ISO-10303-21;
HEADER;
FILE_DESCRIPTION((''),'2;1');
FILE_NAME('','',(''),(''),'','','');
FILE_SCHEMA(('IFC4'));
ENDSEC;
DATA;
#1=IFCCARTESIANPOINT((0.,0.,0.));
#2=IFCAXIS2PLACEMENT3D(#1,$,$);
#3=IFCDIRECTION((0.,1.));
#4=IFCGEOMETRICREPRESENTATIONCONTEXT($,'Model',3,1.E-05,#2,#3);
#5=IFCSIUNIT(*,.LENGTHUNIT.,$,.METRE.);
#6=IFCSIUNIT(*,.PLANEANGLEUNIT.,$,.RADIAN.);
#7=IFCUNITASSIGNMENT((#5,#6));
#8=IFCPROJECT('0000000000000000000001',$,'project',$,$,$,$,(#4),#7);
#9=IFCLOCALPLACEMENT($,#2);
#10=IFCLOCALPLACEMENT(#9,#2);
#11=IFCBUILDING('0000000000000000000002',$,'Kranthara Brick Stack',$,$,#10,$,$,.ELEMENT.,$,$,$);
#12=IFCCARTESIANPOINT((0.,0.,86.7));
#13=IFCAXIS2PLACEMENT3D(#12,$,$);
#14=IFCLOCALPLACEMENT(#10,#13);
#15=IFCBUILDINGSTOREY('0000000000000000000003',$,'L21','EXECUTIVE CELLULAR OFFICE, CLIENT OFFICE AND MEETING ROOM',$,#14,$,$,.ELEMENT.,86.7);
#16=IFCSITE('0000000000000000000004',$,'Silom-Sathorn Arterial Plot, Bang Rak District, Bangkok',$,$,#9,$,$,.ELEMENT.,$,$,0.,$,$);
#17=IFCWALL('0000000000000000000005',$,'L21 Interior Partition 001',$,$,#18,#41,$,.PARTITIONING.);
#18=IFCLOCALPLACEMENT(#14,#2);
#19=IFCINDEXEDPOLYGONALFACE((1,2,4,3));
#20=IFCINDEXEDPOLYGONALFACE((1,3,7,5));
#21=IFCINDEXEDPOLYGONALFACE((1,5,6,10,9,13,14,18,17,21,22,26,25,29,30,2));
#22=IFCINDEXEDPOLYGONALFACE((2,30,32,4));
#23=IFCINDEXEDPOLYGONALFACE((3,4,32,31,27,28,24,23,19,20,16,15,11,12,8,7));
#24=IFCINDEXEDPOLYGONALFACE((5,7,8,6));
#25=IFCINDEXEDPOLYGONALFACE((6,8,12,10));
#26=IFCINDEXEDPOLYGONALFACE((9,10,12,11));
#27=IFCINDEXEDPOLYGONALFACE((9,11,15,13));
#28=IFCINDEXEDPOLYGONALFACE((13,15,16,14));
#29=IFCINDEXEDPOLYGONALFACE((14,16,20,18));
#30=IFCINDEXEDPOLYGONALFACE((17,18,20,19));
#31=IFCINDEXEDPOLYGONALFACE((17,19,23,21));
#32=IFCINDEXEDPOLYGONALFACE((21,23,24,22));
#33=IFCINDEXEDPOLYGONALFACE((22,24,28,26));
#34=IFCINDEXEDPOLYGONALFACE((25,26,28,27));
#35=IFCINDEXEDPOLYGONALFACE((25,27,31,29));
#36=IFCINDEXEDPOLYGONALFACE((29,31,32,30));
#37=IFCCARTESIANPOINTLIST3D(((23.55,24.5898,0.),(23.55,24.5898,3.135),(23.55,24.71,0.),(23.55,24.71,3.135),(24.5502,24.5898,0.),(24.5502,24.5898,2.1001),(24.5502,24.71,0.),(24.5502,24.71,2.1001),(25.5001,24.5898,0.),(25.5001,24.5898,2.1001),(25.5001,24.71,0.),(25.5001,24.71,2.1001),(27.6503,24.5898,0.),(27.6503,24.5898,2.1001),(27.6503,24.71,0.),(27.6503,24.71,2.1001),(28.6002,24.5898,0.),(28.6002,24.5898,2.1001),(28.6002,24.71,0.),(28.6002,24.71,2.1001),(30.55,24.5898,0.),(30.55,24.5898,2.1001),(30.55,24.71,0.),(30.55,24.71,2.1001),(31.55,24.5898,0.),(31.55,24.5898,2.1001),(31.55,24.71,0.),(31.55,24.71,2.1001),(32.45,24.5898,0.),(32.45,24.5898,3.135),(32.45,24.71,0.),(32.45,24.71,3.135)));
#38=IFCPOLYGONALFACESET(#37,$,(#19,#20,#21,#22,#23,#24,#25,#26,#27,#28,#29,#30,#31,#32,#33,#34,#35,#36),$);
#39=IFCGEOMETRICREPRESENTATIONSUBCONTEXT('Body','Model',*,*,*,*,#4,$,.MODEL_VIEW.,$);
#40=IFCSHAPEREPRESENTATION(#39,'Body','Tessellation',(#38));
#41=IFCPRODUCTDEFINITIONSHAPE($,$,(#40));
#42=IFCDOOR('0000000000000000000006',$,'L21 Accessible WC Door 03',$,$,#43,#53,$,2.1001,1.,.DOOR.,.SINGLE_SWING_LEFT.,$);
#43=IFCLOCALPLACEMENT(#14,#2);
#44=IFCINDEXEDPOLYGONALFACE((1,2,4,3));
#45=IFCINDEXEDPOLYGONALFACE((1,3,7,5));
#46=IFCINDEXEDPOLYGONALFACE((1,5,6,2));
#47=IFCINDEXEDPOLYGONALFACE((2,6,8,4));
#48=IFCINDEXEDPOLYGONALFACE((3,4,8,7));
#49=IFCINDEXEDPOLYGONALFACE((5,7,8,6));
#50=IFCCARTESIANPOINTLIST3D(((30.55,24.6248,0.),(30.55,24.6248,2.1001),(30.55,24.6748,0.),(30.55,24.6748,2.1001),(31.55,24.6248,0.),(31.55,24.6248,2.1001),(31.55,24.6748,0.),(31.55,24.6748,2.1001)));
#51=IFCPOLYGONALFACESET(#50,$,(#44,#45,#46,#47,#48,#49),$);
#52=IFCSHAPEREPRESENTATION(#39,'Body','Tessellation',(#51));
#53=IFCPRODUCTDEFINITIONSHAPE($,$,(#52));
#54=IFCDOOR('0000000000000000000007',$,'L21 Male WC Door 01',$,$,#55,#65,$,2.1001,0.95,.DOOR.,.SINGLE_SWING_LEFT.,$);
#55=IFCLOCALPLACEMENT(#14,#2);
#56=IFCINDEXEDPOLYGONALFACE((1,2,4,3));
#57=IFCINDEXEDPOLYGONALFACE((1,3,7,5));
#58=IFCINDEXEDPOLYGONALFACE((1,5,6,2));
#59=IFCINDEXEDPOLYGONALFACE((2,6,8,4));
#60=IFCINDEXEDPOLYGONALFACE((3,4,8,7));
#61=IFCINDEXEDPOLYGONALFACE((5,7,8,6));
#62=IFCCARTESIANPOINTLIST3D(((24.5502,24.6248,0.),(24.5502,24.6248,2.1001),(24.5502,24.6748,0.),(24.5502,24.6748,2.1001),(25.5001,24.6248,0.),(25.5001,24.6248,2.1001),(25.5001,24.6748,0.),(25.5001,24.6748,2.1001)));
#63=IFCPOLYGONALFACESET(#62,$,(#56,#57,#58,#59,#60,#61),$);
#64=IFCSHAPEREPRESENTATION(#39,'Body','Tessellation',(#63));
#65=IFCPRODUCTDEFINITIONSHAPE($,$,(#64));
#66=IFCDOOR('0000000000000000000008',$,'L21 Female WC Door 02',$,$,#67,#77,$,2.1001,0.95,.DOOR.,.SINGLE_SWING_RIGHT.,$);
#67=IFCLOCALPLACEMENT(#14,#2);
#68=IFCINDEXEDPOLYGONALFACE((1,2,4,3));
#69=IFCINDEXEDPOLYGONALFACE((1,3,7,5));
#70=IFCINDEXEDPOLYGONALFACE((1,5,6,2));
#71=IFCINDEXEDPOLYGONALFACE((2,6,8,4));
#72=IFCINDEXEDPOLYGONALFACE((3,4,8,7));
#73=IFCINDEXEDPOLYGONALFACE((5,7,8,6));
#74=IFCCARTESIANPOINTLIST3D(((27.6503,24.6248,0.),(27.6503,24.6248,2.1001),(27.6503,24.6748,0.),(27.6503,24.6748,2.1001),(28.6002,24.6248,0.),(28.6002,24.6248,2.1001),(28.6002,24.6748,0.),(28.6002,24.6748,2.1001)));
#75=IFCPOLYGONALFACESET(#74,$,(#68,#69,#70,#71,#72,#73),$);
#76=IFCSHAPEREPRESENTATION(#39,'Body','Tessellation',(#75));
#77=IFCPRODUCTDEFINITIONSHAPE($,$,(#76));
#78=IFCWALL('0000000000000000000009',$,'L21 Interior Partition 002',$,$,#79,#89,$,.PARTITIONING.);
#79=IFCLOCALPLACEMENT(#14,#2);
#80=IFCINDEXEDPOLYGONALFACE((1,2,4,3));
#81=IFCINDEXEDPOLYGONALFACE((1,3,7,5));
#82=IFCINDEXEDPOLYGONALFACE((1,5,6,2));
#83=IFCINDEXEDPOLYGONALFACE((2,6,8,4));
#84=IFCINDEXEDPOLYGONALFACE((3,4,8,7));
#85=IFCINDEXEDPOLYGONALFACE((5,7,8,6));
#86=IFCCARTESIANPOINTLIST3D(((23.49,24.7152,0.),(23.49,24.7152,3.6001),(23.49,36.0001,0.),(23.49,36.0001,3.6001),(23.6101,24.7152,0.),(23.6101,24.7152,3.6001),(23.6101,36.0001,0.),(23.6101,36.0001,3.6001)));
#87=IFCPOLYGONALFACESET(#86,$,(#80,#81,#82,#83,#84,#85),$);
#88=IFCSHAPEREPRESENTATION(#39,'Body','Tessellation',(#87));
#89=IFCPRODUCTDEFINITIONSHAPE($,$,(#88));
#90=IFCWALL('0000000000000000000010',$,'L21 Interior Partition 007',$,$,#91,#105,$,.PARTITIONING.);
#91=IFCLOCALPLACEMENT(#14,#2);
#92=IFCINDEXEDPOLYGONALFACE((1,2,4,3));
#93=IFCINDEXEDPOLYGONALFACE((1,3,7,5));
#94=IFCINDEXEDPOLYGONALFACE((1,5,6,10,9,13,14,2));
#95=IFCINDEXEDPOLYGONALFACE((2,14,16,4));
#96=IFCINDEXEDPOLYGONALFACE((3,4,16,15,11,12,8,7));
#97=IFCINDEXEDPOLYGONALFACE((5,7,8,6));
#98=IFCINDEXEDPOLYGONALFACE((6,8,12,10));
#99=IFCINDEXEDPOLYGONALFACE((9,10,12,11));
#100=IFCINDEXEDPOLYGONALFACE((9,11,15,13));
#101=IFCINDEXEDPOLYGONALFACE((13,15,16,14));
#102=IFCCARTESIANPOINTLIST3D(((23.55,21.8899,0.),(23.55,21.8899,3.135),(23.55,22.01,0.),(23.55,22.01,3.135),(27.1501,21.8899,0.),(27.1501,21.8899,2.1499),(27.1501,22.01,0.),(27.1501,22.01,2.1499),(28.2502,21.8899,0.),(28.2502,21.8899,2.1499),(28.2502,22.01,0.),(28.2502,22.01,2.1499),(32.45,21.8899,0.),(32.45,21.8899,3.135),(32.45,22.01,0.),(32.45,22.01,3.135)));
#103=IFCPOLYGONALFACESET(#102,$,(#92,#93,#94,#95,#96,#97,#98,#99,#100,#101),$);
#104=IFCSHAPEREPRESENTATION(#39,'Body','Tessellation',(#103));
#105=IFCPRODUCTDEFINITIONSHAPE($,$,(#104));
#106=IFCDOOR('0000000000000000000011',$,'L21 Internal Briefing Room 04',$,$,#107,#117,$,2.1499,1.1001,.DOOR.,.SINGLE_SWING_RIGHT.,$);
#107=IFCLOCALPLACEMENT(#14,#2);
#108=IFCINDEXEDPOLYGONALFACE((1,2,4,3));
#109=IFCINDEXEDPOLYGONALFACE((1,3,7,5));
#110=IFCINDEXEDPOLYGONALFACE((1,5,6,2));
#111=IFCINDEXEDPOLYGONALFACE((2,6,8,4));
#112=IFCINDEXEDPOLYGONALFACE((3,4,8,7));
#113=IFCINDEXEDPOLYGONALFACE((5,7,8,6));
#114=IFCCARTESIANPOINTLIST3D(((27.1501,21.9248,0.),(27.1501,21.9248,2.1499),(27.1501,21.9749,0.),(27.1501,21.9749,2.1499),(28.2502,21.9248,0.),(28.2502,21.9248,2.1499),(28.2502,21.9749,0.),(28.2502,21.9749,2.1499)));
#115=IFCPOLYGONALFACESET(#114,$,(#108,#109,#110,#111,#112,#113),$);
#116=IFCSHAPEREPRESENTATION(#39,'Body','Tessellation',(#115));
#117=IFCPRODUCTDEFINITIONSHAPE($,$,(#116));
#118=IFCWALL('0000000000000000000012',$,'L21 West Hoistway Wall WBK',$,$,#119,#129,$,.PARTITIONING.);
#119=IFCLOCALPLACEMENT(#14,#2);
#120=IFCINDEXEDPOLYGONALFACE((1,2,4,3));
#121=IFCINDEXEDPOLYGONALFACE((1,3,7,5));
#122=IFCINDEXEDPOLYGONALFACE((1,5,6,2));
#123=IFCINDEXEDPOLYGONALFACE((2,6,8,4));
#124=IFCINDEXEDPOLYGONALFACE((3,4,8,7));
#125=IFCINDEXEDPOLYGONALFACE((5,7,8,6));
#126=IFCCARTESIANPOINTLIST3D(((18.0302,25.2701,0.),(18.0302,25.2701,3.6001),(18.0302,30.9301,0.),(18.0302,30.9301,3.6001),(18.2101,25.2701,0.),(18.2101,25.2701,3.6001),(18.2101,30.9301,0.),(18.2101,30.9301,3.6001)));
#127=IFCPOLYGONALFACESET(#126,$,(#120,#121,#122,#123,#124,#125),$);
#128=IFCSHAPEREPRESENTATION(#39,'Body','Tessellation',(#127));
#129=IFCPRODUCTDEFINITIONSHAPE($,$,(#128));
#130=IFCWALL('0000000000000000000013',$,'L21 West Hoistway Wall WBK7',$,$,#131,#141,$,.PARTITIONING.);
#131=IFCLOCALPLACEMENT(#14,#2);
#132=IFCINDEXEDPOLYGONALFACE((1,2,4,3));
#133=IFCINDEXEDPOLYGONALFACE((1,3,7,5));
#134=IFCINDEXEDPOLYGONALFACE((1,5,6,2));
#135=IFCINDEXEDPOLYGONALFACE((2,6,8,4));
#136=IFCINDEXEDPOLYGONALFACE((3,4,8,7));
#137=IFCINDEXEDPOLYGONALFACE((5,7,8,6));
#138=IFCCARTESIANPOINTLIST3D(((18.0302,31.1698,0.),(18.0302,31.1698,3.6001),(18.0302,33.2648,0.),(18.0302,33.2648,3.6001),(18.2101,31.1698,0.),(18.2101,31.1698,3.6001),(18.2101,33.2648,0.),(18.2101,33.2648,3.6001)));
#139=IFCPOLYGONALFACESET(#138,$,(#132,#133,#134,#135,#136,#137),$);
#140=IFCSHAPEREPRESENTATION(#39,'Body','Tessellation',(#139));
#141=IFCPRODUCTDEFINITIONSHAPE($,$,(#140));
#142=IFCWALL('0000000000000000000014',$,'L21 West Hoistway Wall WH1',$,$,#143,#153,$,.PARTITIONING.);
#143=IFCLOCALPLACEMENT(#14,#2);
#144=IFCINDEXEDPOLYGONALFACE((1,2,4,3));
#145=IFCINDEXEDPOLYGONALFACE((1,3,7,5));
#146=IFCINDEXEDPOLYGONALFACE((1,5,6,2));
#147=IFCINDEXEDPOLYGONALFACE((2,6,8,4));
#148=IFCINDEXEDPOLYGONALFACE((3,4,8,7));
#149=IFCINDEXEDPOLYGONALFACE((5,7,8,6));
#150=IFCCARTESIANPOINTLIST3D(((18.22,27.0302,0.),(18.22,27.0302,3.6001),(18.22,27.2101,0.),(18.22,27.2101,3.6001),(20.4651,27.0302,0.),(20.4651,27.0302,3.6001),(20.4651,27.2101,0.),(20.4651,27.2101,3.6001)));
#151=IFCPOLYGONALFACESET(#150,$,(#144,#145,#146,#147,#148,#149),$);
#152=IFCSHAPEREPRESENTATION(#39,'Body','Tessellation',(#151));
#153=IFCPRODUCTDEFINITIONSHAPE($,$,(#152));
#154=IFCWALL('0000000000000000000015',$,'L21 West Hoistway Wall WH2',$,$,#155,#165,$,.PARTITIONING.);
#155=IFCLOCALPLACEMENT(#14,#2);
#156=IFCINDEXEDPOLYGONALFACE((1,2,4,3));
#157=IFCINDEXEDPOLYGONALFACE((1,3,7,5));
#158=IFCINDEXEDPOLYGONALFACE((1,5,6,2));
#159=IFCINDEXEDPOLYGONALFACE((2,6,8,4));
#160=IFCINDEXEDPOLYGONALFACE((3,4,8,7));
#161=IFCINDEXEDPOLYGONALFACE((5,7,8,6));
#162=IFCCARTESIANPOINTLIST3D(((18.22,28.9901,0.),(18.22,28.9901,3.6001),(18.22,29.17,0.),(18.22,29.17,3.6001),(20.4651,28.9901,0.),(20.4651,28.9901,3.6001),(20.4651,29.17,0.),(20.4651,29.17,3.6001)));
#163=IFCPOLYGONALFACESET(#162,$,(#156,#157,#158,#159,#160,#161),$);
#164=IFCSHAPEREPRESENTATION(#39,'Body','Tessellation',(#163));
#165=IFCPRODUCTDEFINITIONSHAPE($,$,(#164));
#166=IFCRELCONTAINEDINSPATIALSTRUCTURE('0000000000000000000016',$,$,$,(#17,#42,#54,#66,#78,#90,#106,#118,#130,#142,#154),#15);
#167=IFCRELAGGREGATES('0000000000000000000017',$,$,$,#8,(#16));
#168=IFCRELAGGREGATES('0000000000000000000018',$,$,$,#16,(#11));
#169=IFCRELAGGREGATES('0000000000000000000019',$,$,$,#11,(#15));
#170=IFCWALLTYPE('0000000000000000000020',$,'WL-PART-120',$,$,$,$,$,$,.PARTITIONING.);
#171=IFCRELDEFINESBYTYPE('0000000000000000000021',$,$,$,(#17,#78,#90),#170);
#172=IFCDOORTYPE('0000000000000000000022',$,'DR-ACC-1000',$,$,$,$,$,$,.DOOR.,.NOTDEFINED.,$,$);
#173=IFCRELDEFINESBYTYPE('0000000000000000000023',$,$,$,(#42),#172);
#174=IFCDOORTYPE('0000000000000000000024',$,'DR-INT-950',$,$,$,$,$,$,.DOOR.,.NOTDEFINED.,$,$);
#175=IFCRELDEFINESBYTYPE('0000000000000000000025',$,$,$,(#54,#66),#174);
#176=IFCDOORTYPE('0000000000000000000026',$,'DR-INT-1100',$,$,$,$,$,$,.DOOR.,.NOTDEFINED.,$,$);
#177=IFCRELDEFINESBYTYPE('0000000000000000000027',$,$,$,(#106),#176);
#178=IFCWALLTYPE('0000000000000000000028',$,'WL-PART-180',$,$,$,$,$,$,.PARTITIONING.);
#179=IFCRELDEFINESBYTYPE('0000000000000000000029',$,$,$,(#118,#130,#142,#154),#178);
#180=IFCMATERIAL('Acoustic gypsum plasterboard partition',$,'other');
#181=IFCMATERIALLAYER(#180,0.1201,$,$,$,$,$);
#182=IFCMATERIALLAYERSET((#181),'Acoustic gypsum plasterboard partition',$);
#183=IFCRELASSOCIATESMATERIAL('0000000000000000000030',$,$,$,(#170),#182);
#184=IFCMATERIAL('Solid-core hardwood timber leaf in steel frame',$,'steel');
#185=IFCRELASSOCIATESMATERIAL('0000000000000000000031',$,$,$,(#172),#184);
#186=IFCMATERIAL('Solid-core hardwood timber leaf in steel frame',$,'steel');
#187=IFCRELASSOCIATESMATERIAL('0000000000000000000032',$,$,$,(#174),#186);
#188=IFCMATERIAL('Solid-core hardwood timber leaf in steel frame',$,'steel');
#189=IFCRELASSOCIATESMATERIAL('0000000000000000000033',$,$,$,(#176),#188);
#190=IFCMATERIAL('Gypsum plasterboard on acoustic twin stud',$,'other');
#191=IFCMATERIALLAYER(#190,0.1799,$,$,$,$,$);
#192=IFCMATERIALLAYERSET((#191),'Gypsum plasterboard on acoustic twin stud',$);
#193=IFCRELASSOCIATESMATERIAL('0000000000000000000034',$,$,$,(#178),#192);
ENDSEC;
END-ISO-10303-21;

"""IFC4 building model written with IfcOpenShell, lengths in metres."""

from ifc_helpers import new_model, si_unit, direction, frame, frame_2d, origin, place, context, subcontext, project, spatial, rectangle, extrude, material, layer, layer_set, type_object, element, fill, save


model = new_model("IFC4")

# Units and contexts
model_context = context("Model", 3, precision=1e-05, world=origin(), true_north=direction((0.0, 1.0)))
body_context = subcontext(model_context, "Body", "Model", "MODEL_VIEW")
ifc_project = project(units=[si_unit("LENGTHUNIT", "METRE"), si_unit("PLANEANGLEUNIT", "RADIAN")], contexts=[model_context])

# Site, building, storey
site_placement = place(None, origin())
site = spatial("IfcSite", under=ifc_project, at=site_placement, Name="Silom-Sathorn Arterial Plot, Bang Rak District, Bangkok", CompositionType="ELEMENT", RefElevation=0.0)
building_placement = place(site_placement, origin())
building = spatial("IfcBuilding", under=site, at=building_placement, Name="Kranthara Brick Stack", CompositionType="ELEMENT")
storey_placement = place(building_placement, frame((0.0, 0.0, 86.7)))
storey = spatial("IfcBuildingStorey", under=building, at=storey_placement, Name="L21", Description="EXECUTIVE CELLULAR OFFICE, CLIENT OFFICE AND MEETING ROOM", CompositionType="ELEMENT", Elevation=86.7)

# Wall, openings, doors
ifc_material_1 = material(Name="Acoustic gypsum plasterboard partition", Category="other")
ifc_layer_1 = layer(ifc_material_1, 0.1201)
ifc_layer_set_1 = layer_set([ifc_layer_1], Name="Acoustic gypsum plasterboard partition")
wall_type_1 = type_object("IfcWallType", Name="WL-PART-120", PredefinedType="PARTITIONING", material=ifc_layer_set_1)
wall_1_placement = place(storey_placement, frame((23.55, 24.6499, 0.0), z_axis=(0.0, 0.0, 1.0), x_axis=(1.0, 0.0, 0.0)))
wall_1 = element("IfcWall", 1, at=wall_1_placement, inside=storey, type_object=wall_type_1, Name="L21 Interior Partition 001", PredefinedType="PARTITIONING", context=body_context, shape_type="SweptSolid", body=[
    extrude(rectangle(XDim=8.8999, YDim=0.1201, at=frame_2d((4.45, 0.0))), origin(), (0.0, 0.0, 1.0), 3.135),
])
opening_1_placement = place(wall_1_placement, frame((1.0, 0.0, 0.0)))
opening_1 = element("IfcOpeningElement", 2, at=opening_1_placement, cuts=wall_1, PredefinedType="OPENING", context=body_context, shape_type="SweptSolid", body=[
    extrude(rectangle(XDim=0.95, YDim=2.1001, at=frame_2d((0.4751, 1.05))), frame((0.0, 0.0701, 0.0), z_axis=(0.0, -1.0, 0.0), x_axis=(1.0, 0.0, 0.0)), (0.0, 0.0, 1.0), 0.1401),
])
opening_2_placement = place(wall_1_placement, frame((4.1001, 0.0, 0.0)))
opening_2 = element("IfcOpeningElement", 3, at=opening_2_placement, cuts=wall_1, PredefinedType="OPENING", context=body_context, shape_type="SweptSolid", body=[
    extrude(rectangle(XDim=0.95, YDim=2.1001, at=frame_2d((0.4751, 1.05))), frame((0.0, 0.0701, 0.0), z_axis=(0.0, -1.0, 0.0), x_axis=(1.0, 0.0, 0.0)), (0.0, 0.0, 1.0), 0.1401),
])
opening_3_placement = place(wall_1_placement, frame((7.0, 0.0, 0.0)))
opening_3 = element("IfcOpeningElement", 4, at=opening_3_placement, cuts=wall_1, PredefinedType="OPENING", context=body_context, shape_type="SweptSolid", body=[
    extrude(rectangle(XDim=1.0, YDim=2.1001, at=frame_2d((0.5, 1.05))), frame((0.0, 0.0701, 0.0), z_axis=(0.0, -1.0, 0.0), x_axis=(1.0, 0.0, 0.0)), (0.0, 0.0, 1.0), 0.1401),
])
ifc_material_2 = material(Name="Solid-core hardwood timber leaf in steel frame", Category="steel")
door_type_1 = type_object("IfcDoorType", Name="DR-ACC-1000", OperationType="NOTDEFINED", PredefinedType="DOOR", material=ifc_material_2)
door_1_placement = place(opening_3_placement, origin())
door_1 = element("IfcDoor", 5, at=door_1_placement, inside=storey, type_object=door_type_1, Name="L21 Accessible WC Door 03", OperationType="SINGLE_SWING_LEFT", OverallHeight=2.1001, OverallWidth=1.0, PredefinedType="DOOR", context=body_context, shape_type="SweptSolid", body=[
    extrude(rectangle(XDim=1.0, YDim=2.1001, at=frame_2d((0.5, 1.05))), frame((0.0, 0.0249, 0.0), z_axis=(0.0, -1.0, 0.0), x_axis=(1.0, 0.0, 0.0)), (0.0, 0.0, 1.0), 0.05),
])
fill(opening_3, door_1)
ifc_material_3 = material(Name="Solid-core hardwood timber leaf in steel frame", Category="steel")
door_type_2 = type_object("IfcDoorType", Name="DR-INT-950", OperationType="NOTDEFINED", PredefinedType="DOOR", material=ifc_material_3)
door_2_placement = place(opening_1_placement, origin())
door_2 = element("IfcDoor", 6, at=door_2_placement, inside=storey, type_object=door_type_2, Name="L21 Male WC Door 01", OperationType="SINGLE_SWING_LEFT", OverallHeight=2.1001, OverallWidth=0.95, PredefinedType="DOOR", context=body_context, shape_type="SweptSolid", body=[
    extrude(rectangle(XDim=0.95, YDim=2.1001, at=frame_2d((0.4751, 1.05))), frame((0.0, 0.0249, 0.0), z_axis=(0.0, -1.0, 0.0), x_axis=(1.0, 0.0, 0.0)), (0.0, 0.0, 1.0), 0.05),
])
fill(opening_1, door_2)
door_3_placement = place(opening_2_placement, origin())
door_3 = element("IfcDoor", 7, at=door_3_placement, inside=storey, type_object=door_type_2, Name="L21 Female WC Door 02", OperationType="SINGLE_SWING_RIGHT", OverallHeight=2.1001, OverallWidth=0.95, PredefinedType="DOOR", context=body_context, shape_type="SweptSolid", body=[
    extrude(rectangle(XDim=0.95, YDim=2.1001, at=frame_2d((0.4751, 1.05))), frame((0.0, 0.0249, 0.0), z_axis=(0.0, -1.0, 0.0), x_axis=(1.0, 0.0, 0.0)), (0.0, 0.0, 1.0), 0.05),
])
fill(opening_2, door_3)

# Wall
wall_2_placement = place(storey_placement, frame((23.55, 24.7151, 0.0), z_axis=(0.0, 0.0, 1.0), x_axis=(0.0, 1.0, 0.0)))
element("IfcWall", 8, at=wall_2_placement, inside=storey, type_object=wall_type_1, Name="L21 Interior Partition 002", PredefinedType="PARTITIONING", context=body_context, shape_type="SweptSolid", body=[
    extrude(rectangle(XDim=11.2849, YDim=0.1201, at=frame_2d((5.6426, 0.0))), origin(), (0.0, 0.0, 1.0), 3.6001),
])

# Wall, opening, door
wall_3_placement = place(storey_placement, frame((23.55, 21.95, 0.0), z_axis=(0.0, 0.0, 1.0), x_axis=(1.0, 0.0, 0.0)))
wall_3 = element("IfcWall", 9, at=wall_3_placement, inside=storey, type_object=wall_type_1, Name="L21 Interior Partition 007", PredefinedType="PARTITIONING", context=body_context, shape_type="SweptSolid", body=[
    extrude(rectangle(XDim=8.8999, YDim=0.1201, at=frame_2d((4.45, 0.0))), origin(), (0.0, 0.0, 1.0), 3.135),
])
opening_4_placement = place(wall_3_placement, frame((3.6001, 0.0, 0.0)))
opening_4 = element("IfcOpeningElement", 10, at=opening_4_placement, cuts=wall_3, PredefinedType="OPENING", context=body_context, shape_type="SweptSolid", body=[
    extrude(rectangle(XDim=1.1001, YDim=2.1499, at=frame_2d((0.55, 1.075))), frame((0.0, 0.0701, 0.0), z_axis=(0.0, -1.0, 0.0), x_axis=(1.0, 0.0, 0.0)), (0.0, 0.0, 1.0), 0.1401),
])
ifc_material_4 = material(Name="Solid-core hardwood timber leaf in steel frame", Category="steel")
door_type_3 = type_object("IfcDoorType", Name="DR-INT-1100", OperationType="NOTDEFINED", PredefinedType="DOOR", material=ifc_material_4)
door_4_placement = place(opening_4_placement, origin())
door_4 = element("IfcDoor", 11, at=door_4_placement, inside=storey, type_object=door_type_3, Name="L21 Internal Briefing Room 04", OperationType="SINGLE_SWING_RIGHT", OverallHeight=2.1499, OverallWidth=1.1001, PredefinedType="DOOR", context=body_context, shape_type="SweptSolid", body=[
    extrude(rectangle(XDim=1.1001, YDim=2.1499, at=frame_2d((0.55, 1.075))), frame((0.0, 0.0249, 0.0), z_axis=(0.0, -1.0, 0.0), x_axis=(1.0, 0.0, 0.0)), (0.0, 0.0, 1.0), 0.05),
])
fill(opening_4, door_4)

# Walls
ifc_material_5 = material(Name="Gypsum plasterboard on acoustic twin stud", Category="other")
ifc_layer_2 = layer(ifc_material_5, 0.1799)
ifc_layer_set_2 = layer_set([ifc_layer_2], Name="Gypsum plasterboard on acoustic twin stud")
wall_type_2 = type_object("IfcWallType", Name="WL-PART-180", PredefinedType="PARTITIONING", material=ifc_layer_set_2)
wall_4_placement = place(storey_placement, frame((18.1201, 25.27, 0.0), z_axis=(0.0, 0.0, 1.0), x_axis=(0.0, 1.0, 0.0)))
element("IfcWall", 12, at=wall_4_placement, inside=storey, type_object=wall_type_2, Name="L21 West Hoistway Wall WBK", PredefinedType="PARTITIONING", context=body_context, shape_type="SweptSolid", body=[
    extrude(rectangle(XDim=5.6599, YDim=0.1799, at=frame_2d((2.8301, 0.0))), origin(), (0.0, 0.0, 1.0), 3.6001),
])
wall_5_placement = place(storey_placement, frame((18.1201, 31.1699, 0.0), z_axis=(0.0, 0.0, 1.0), x_axis=(0.0, 1.0, 0.0)))
element("IfcWall", 13, at=wall_5_placement, inside=storey, type_object=wall_type_2, Name="L21 West Hoistway Wall WBK7", PredefinedType="PARTITIONING", context=body_context, shape_type="SweptSolid", body=[
    extrude(rectangle(XDim=2.095, YDim=0.1799, at=frame_2d((1.0474, 0.0))), origin(), (0.0, 0.0, 1.0), 3.6001),
])
for number, where, z_axis, x_axis, name in (
    (14, (18.22, 27.1201, 0.0), (0.0, 0.0, 1.0), (1.0, 0.0, 0.0), "L21 West Hoistway Wall WH1"),
    (15, (18.22, 29.0801, 0.0), (0.0, 0.0, 1.0), (1.0, 0.0, 0.0), "L21 West Hoistway Wall WH2"),
):
    element("IfcWall", number, at=place(storey_placement, frame(where, z_axis=z_axis, x_axis=x_axis)), inside=storey, type_object=wall_type_2, Name=name, PredefinedType="PARTITIONING", context=body_context, shape_type="SweptSolid", body=[
        extrude(rectangle(XDim=2.2451, YDim=0.1799, at=frame_2d((1.1226, 0.0))), origin(), (0.0, 0.0, 1.0), 3.6001),
    ])

save(model, "model.ifc")
